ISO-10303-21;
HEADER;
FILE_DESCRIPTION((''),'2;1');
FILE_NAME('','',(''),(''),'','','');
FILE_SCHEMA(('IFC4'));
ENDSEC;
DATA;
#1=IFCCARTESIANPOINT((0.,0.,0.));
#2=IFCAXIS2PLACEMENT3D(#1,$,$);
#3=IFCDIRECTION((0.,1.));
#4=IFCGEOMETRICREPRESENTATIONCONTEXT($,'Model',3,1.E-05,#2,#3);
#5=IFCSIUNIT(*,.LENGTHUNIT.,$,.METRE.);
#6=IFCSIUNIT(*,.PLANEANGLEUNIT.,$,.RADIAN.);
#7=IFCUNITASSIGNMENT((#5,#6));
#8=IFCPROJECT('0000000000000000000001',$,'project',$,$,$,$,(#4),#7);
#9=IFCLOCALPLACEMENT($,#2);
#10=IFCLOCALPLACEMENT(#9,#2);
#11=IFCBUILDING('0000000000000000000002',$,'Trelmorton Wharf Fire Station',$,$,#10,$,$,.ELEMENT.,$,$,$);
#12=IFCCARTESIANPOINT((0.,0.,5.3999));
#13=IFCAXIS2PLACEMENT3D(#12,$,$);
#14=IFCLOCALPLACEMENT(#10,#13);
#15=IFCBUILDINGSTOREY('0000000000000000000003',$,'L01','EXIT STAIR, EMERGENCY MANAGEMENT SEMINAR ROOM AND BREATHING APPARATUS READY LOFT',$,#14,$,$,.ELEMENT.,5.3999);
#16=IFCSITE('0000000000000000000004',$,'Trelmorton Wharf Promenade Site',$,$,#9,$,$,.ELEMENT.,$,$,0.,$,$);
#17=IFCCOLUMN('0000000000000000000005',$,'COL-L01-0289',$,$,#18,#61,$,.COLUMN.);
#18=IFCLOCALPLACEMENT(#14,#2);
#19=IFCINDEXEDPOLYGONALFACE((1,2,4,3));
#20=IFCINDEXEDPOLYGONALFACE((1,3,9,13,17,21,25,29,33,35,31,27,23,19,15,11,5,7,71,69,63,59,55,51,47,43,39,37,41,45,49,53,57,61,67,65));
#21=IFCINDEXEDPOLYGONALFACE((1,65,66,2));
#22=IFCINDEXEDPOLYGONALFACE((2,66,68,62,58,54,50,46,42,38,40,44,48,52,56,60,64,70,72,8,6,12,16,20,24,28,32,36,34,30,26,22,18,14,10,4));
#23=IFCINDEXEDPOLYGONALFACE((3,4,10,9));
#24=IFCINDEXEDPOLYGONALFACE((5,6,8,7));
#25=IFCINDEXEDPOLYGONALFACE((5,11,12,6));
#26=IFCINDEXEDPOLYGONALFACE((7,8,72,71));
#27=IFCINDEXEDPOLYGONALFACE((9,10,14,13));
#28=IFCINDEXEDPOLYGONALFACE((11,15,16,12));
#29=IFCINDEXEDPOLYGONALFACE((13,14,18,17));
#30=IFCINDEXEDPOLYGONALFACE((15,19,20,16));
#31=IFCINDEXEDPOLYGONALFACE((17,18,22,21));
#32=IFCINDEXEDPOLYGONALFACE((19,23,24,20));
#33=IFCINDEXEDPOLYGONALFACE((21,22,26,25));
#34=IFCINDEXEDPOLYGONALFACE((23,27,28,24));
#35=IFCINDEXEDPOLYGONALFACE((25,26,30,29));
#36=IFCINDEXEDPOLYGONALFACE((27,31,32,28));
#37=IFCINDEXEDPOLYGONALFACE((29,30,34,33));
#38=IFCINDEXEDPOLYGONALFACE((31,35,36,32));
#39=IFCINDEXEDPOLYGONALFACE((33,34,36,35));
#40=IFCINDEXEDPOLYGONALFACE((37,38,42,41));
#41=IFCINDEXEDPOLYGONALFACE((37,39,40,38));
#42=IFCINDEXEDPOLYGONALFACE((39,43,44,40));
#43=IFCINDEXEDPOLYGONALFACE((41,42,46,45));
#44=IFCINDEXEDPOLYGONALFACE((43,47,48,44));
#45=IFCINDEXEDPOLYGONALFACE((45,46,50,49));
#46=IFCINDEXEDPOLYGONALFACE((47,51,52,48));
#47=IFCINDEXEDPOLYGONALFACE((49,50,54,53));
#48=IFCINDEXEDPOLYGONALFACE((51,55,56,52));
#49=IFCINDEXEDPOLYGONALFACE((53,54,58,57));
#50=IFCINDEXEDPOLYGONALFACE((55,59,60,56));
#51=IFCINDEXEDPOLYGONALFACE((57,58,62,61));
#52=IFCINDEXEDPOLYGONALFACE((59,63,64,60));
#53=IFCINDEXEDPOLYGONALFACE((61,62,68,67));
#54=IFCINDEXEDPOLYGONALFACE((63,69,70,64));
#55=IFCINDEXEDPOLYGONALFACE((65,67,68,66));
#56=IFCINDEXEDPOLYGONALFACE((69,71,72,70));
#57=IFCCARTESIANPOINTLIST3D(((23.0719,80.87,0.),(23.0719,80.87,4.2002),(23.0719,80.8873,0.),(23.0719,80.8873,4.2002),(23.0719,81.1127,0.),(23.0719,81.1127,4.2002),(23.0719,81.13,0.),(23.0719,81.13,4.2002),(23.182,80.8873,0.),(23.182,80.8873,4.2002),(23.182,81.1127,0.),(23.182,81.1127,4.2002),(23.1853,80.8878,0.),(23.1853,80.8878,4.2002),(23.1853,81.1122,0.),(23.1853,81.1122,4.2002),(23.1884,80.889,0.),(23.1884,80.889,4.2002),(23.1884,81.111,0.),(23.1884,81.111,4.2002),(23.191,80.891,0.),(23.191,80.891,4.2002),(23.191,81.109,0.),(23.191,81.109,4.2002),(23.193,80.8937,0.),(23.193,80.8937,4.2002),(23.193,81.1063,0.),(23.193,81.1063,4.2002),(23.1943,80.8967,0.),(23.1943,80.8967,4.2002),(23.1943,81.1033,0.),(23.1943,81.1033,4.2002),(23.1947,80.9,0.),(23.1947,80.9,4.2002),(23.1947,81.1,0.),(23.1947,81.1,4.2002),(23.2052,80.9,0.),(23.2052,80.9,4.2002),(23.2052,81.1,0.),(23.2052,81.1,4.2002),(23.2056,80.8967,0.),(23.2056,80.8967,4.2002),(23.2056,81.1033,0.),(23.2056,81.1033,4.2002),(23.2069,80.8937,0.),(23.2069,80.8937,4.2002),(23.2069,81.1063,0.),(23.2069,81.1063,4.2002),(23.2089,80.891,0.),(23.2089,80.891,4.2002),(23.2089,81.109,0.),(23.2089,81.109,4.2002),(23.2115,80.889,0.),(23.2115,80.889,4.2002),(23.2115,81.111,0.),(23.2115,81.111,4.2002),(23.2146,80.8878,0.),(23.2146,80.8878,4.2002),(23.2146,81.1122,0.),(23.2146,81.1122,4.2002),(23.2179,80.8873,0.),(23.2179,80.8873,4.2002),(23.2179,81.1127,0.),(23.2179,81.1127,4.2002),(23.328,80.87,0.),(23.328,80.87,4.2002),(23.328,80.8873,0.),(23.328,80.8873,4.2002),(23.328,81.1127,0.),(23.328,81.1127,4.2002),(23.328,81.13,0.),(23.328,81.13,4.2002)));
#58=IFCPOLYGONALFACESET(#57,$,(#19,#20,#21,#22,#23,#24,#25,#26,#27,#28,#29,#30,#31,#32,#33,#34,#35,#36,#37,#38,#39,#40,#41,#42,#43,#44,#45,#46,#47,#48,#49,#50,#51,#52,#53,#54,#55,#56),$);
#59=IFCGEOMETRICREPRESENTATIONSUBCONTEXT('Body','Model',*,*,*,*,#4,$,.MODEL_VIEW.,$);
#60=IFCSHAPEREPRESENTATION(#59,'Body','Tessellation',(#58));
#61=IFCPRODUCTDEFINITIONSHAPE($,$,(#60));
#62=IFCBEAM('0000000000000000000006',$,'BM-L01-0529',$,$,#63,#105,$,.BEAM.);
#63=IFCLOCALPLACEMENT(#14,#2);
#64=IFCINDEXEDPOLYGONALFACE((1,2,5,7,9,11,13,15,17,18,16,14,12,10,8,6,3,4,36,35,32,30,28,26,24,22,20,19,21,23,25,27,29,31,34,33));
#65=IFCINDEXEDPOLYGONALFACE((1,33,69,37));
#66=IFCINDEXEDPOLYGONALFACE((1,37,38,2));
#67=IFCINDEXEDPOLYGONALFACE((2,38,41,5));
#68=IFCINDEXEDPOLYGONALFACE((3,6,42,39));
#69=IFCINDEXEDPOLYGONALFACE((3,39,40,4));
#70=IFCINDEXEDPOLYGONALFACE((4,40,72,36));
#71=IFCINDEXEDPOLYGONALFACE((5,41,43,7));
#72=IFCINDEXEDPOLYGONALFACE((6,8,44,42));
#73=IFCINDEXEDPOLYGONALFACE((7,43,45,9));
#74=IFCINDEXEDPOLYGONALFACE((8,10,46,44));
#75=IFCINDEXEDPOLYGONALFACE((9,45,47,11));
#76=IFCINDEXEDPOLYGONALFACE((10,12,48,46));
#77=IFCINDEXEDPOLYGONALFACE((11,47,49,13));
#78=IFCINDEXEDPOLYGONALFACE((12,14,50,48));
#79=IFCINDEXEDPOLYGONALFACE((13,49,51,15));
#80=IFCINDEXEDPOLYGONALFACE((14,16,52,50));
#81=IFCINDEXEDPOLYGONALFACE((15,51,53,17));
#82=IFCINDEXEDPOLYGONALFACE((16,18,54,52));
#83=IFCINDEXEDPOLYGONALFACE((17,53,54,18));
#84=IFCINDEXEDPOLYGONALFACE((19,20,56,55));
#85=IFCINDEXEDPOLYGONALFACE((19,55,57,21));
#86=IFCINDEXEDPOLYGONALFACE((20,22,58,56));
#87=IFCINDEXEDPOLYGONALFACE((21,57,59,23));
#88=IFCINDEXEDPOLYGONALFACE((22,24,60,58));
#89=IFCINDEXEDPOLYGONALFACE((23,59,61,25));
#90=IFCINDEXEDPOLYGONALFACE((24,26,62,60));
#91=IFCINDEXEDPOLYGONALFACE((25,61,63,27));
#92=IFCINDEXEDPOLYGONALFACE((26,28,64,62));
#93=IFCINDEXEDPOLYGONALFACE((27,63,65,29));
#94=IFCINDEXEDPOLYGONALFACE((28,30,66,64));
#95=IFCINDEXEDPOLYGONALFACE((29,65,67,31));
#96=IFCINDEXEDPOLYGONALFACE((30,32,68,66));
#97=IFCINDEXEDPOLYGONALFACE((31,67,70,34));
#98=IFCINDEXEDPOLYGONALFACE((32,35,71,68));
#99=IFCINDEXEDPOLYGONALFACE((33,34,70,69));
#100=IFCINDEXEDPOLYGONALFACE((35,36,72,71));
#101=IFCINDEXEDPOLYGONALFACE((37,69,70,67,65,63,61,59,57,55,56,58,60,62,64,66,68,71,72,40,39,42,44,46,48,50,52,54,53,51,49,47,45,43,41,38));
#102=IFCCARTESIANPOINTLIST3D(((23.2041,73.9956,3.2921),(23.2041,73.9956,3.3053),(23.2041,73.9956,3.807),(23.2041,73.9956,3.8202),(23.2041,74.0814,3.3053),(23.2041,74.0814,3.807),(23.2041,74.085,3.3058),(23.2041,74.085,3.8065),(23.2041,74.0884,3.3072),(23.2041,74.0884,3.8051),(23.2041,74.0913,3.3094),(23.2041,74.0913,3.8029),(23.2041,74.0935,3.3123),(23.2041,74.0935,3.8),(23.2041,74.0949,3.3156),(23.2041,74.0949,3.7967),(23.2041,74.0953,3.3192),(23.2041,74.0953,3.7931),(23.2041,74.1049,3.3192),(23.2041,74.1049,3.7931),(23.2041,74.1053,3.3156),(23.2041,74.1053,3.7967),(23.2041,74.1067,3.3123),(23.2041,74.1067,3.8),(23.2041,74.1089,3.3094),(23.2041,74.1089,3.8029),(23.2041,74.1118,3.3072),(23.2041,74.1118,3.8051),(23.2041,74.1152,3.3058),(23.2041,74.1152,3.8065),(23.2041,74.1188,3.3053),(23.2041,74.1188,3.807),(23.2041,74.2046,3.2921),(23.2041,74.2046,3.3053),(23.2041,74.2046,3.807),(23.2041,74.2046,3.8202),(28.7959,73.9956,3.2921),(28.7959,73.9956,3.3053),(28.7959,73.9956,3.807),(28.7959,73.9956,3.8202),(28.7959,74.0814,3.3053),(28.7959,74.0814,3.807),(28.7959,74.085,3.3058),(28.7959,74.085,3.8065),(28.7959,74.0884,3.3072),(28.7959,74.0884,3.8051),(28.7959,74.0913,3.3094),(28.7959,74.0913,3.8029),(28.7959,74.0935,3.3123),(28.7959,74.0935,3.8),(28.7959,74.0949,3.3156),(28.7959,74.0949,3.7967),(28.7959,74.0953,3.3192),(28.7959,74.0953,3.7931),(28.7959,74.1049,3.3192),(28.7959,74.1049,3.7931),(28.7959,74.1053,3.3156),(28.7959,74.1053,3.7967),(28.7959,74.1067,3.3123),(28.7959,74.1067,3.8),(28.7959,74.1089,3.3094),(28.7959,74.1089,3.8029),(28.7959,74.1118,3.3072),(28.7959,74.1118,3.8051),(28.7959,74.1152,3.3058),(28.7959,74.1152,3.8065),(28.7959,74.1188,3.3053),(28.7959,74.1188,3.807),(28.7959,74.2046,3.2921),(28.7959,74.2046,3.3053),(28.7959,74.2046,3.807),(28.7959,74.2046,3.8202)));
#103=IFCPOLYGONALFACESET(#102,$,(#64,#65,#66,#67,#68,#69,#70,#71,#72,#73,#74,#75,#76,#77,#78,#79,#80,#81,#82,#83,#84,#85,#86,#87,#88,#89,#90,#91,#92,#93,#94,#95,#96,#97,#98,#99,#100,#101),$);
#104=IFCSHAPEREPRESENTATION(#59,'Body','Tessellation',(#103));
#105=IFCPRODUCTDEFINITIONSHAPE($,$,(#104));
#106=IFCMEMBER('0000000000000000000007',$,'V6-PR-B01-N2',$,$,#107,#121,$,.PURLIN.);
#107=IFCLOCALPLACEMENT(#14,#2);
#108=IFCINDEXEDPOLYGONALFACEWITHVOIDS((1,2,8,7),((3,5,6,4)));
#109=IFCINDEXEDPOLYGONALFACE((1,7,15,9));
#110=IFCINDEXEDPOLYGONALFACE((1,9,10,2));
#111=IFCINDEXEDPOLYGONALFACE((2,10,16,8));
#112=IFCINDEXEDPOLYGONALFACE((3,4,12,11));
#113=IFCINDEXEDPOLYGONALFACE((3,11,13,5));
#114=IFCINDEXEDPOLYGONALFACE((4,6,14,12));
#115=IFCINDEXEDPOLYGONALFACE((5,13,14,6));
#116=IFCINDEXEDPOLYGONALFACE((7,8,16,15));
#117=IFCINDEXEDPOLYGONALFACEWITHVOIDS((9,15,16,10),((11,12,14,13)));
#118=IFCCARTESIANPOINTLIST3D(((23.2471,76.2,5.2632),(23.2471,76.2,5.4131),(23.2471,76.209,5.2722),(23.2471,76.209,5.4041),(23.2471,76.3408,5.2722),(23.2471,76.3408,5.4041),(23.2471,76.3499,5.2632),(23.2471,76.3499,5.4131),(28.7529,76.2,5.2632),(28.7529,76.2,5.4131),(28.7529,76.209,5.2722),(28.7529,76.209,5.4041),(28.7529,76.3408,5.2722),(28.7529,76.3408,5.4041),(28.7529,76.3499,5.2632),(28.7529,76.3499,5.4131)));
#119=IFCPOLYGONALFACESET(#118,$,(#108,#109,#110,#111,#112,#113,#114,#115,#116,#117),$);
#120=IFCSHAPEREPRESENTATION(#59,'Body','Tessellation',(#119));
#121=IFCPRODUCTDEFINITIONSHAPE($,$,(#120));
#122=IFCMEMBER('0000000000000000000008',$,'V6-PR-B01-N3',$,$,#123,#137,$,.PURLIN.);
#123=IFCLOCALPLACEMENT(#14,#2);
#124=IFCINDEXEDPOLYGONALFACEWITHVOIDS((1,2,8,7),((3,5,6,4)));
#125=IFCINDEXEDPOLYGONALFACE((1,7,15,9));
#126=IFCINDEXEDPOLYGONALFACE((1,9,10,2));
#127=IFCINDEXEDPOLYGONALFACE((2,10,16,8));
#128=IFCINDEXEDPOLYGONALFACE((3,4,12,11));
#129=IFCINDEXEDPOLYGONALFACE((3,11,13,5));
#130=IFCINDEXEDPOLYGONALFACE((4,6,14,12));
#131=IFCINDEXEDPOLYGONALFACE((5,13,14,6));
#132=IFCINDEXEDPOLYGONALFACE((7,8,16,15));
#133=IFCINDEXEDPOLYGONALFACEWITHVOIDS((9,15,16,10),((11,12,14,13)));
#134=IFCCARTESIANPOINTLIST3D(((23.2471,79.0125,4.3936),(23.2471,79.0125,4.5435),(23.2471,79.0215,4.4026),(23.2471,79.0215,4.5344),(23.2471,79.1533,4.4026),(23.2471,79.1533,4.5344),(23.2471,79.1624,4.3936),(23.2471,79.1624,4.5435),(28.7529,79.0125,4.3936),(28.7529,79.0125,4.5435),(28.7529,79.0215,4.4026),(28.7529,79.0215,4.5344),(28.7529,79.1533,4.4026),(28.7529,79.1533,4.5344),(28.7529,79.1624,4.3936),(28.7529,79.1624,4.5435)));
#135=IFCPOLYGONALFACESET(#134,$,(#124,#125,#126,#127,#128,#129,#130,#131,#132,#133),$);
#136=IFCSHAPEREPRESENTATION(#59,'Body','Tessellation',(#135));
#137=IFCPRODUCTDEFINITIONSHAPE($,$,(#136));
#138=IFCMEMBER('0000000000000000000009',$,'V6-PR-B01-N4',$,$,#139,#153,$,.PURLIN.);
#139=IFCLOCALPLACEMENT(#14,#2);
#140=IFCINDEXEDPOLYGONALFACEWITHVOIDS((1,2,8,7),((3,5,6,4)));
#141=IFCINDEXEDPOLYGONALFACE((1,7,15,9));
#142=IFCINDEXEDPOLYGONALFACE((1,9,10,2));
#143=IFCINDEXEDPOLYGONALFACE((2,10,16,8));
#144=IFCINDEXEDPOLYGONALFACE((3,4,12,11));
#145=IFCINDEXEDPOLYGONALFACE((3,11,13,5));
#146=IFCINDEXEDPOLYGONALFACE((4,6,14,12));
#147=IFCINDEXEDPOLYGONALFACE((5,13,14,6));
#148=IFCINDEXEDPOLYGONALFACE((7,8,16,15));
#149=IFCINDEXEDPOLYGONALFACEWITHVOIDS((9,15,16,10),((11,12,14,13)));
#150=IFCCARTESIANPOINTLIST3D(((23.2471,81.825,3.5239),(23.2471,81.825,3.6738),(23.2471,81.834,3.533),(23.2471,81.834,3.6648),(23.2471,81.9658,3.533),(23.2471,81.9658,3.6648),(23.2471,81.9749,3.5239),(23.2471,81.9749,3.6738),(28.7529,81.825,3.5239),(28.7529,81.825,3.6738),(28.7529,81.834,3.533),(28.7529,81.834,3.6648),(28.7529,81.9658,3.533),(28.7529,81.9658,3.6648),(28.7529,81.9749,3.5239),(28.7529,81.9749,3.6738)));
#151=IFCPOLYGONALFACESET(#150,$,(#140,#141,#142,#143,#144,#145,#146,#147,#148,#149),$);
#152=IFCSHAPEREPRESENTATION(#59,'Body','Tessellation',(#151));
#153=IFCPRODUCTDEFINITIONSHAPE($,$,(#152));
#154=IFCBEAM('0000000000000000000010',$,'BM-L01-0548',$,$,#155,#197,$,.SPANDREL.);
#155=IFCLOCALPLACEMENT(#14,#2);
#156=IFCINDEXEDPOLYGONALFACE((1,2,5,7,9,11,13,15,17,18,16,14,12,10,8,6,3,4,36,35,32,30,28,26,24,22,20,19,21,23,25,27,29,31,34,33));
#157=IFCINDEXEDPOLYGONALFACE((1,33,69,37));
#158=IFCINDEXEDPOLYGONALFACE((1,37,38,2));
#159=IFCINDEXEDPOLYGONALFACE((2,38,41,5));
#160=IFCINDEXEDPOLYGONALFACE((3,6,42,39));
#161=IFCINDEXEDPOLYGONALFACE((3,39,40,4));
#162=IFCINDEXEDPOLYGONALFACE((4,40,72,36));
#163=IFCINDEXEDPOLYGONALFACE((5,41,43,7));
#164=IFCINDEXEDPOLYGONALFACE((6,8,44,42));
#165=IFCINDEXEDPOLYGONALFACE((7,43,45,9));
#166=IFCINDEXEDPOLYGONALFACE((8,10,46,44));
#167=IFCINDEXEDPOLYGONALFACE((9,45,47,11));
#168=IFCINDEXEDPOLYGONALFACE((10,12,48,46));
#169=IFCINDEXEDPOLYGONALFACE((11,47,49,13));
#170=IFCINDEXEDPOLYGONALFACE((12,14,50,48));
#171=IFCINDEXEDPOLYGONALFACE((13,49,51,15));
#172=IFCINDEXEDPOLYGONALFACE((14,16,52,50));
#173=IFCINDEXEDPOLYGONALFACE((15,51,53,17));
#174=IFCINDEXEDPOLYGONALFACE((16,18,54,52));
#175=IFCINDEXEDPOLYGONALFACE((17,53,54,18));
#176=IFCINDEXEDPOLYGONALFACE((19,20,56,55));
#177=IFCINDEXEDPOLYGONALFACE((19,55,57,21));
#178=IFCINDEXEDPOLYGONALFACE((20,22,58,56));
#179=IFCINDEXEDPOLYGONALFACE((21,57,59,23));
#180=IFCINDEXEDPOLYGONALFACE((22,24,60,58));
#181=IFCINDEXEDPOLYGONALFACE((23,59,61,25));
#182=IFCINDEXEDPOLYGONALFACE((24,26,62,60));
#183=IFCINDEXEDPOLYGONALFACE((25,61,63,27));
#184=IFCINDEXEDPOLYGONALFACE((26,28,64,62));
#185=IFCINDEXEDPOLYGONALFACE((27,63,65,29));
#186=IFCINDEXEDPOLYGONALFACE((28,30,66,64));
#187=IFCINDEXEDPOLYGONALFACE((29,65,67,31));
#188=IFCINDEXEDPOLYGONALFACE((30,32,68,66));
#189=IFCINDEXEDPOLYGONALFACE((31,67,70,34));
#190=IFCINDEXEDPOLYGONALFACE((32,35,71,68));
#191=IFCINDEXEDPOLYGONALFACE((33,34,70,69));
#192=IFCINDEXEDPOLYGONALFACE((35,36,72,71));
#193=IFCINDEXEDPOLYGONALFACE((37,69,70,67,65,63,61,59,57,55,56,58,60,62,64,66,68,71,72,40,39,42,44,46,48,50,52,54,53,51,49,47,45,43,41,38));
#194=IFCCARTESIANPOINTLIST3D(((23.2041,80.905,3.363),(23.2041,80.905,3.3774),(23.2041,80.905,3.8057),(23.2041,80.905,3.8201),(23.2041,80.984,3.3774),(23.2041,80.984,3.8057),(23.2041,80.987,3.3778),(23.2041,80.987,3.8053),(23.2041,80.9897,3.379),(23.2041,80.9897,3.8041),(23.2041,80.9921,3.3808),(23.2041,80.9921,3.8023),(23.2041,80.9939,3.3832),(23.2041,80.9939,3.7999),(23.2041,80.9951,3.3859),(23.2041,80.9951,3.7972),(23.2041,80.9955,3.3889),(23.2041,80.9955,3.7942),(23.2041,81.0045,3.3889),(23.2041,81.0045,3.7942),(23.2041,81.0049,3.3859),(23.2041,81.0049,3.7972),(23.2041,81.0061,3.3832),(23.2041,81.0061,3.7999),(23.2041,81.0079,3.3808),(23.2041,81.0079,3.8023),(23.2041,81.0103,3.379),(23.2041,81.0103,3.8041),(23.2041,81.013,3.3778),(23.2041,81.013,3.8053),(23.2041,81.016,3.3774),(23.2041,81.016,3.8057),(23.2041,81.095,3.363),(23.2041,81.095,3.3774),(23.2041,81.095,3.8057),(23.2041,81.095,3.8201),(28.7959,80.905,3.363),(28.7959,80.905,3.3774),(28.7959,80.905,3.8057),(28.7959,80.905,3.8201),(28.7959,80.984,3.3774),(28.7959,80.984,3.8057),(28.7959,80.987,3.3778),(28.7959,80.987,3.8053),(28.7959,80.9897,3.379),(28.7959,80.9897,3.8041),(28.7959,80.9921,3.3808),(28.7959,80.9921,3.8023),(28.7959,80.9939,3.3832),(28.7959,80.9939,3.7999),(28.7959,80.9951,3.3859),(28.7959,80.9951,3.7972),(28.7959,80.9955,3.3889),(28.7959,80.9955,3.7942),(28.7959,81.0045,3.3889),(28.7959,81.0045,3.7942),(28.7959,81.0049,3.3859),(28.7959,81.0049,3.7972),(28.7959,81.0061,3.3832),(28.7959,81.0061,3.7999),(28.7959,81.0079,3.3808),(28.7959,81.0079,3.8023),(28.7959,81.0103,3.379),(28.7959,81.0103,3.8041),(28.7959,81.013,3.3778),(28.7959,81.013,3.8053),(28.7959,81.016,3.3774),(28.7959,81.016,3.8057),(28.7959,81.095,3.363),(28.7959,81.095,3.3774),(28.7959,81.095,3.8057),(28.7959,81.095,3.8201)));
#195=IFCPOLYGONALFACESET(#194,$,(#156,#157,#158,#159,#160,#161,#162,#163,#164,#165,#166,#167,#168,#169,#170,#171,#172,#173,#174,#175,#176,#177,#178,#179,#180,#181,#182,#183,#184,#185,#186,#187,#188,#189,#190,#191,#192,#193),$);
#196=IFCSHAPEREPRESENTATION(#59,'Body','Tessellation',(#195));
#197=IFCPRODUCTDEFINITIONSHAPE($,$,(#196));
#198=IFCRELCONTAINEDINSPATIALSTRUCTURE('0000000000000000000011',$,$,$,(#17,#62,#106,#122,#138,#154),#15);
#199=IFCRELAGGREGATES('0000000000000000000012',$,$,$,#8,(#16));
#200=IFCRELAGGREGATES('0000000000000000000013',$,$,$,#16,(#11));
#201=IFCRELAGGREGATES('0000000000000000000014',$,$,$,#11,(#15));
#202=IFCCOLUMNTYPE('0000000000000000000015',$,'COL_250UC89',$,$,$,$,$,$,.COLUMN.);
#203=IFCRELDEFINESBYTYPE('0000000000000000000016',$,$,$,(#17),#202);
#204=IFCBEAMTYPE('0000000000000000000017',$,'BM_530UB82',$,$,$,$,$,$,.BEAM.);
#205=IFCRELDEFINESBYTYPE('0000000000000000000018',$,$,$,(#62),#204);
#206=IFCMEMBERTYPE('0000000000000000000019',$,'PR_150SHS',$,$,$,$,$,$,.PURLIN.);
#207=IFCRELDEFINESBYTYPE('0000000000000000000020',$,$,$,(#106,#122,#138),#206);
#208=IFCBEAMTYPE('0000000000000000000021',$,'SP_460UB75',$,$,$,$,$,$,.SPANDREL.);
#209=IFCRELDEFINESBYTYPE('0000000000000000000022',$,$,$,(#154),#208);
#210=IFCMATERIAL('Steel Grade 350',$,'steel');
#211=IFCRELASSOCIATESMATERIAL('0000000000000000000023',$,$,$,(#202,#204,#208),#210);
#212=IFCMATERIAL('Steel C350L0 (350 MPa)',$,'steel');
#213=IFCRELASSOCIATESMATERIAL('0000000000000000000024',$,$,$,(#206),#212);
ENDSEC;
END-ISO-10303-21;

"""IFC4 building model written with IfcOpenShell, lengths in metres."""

from ifc_helpers import new_model, si_unit, direction, frame, origin, origin_2d, place, context, subcontext, project, spatial, hollow_rectangle, i_section, extrude, material, material_profile, profile_set, type_object, element, save


model = new_model("IFC4")

# Units and contexts
model_context = context("Model", 3, precision=1e-05, world=origin(), true_north=direction((0.0, 1.0)))
body_context = subcontext(model_context, "Body", "Model", "MODEL_VIEW")
ifc_project = project(units=[si_unit("LENGTHUNIT", "METRE"), si_unit("PLANEANGLEUNIT", "RADIAN")], contexts=[model_context])

# Site, building, storey
site_placement = place(None, origin())
site = spatial("IfcSite", under=ifc_project, at=site_placement, Name="Trelmorton Wharf Promenade Site", CompositionType="ELEMENT", RefElevation=0.0)
building_placement = place(site_placement, origin())
building = spatial("IfcBuilding", under=site, at=building_placement, Name="Trelmorton Wharf Fire Station", CompositionType="ELEMENT")
storey_placement = place(building_placement, frame((0.0, 0.0, 5.3999)))
storey = spatial("IfcBuildingStorey", under=building, at=storey_placement, Name="L01", Description="EXIT STAIR, EMERGENCY MANAGEMENT SEMINAR ROOM AND BREATHING APPARATUS READY LOFT", CompositionType="ELEMENT", Elevation=5.3999)

# Column
ifc_material_1 = material(Name="Steel Grade 350", Category="steel")
ifc_material_profile_1 = material_profile(ifc_material_1, i_section(OverallWidth=0.2561, OverallDepth=0.26, WebThickness=0.0105, FlangeThickness=0.0173, FilletRadius=0.0127, at=origin_2d()), Name="250UC89.5")
ifc_profile_set_1 = profile_set([ifc_material_profile_1], Name="Steel Grade 350")
column_type = type_object("IfcColumnType", Name="COL_250UC89", PredefinedType="COLUMN", material=ifc_profile_set_1)
column_placement = place(storey_placement, frame((23.2, 81.0, 0.0), z_axis=(0.0, 0.0, 1.0), x_axis=(1.0, 0.0, 0.0)))
element("IfcColumn", 1, at=column_placement, inside=storey, type_object=column_type, Name="COL-L01-0289", PredefinedType="COLUMN", context=body_context, shape_type="SweptSolid", body=[
    extrude(i_section(OverallWidth=0.2561, OverallDepth=0.26, WebThickness=0.0105, FlangeThickness=0.0173, FilletRadius=0.0127, at=origin_2d()), origin(), (0.0, 0.0, 1.0), 4.2002),
])

# Beam
ifc_material_profile_2 = material_profile(ifc_material_1, i_section(OverallWidth=0.209, OverallDepth=0.5281, WebThickness=0.0095, FlangeThickness=0.0132, FilletRadius=0.0139, at=origin_2d()), Name="530UB82.0")
ifc_profile_set_2 = profile_set([ifc_material_profile_2], Name="Steel Grade 350")
beam_type_1 = type_object("IfcBeamType", Name="BM_530UB82", PredefinedType="BEAM", material=ifc_profile_set_2)
beam_1_placement = place(storey_placement, frame((23.2041, 74.1001, 3.5562), z_axis=(1.0, 0.0, 0.0), x_axis=(0.0, 1.0, 0.0)))
element("IfcBeam", 2, at=beam_1_placement, inside=storey, type_object=beam_type_1, Name="BM-L01-0529", PredefinedType="BEAM", context=body_context, shape_type="SweptSolid", body=[
    extrude(i_section(OverallWidth=0.209, OverallDepth=0.5281, WebThickness=0.0095, FlangeThickness=0.0132, FilletRadius=0.0139, at=origin_2d()), origin(), (0.0, 0.0, 1.0), 5.5918),
])

# Members
ifc_material_2 = material(Name="Steel C350L0 (350 MPa)", Category="steel")
ifc_material_profile_3 = material_profile(ifc_material_2, hollow_rectangle(XDim=0.1499, YDim=0.1499, WallThickness=0.009, at=origin_2d()), Name="150x150x9.0SHS")
ifc_profile_set_3 = profile_set([ifc_material_profile_3], Name="Steel C350L0 (350 MPa)")
member_type_1 = type_object("IfcMemberType", Name="PR_150SHS", PredefinedType="PURLIN", material=ifc_profile_set_3)
for number, where, z_axis, x_axis, name in (
    (3, (23.2471, 76.2749, 5.3381), (1.0, 0.0, 0.0), (0.0, 1.0, 0.0), "V6-PR-B01-N2"),
    (4, (23.2471, 79.0874, 4.4685), (1.0, 0.0, 0.0), (0.0, 1.0, 0.0), "V6-PR-B01-N3"),
    (5, (23.2471, 81.8999, 3.5989), (1.0, 0.0, 0.0), (0.0, 1.0, 0.0), "V6-PR-B01-N4"),
):
    element("IfcMember", number, at=place(storey_placement, frame(where, z_axis=z_axis, x_axis=x_axis)), inside=storey, type_object=member_type_1, Name=name, PredefinedType="PURLIN", context=body_context, shape_type="SweptSolid", body=[
        extrude(hollow_rectangle(XDim=0.1499, YDim=0.1499, WallThickness=0.009, at=origin_2d()), origin(), (0.0, 0.0, 1.0), 5.5059),
    ])

# Beam
ifc_material_profile_4 = material_profile(ifc_material_1, i_section(OverallWidth=0.1899, OverallDepth=0.457, WebThickness=0.009, FlangeThickness=0.0144, FilletRadius=0.0115, at=origin_2d()), Name="460UB74.6")
ifc_profile_set_4 = profile_set([ifc_material_profile_4], Name="Steel Grade 350")
beam_type_2 = type_object("IfcBeamType", Name="SP_460UB75", PredefinedType="SPANDREL", material=ifc_profile_set_4)
beam_2_placement = place(storey_placement, frame((23.2041, 81.0, 3.5916), z_axis=(1.0, 0.0, 0.0), x_axis=(0.0, 1.0, 0.0)))
element("IfcBeam", 6, at=beam_2_placement, inside=storey, type_object=beam_type_2, Name="BM-L01-0548", PredefinedType="SPANDREL", context=body_context, shape_type="SweptSolid", body=[
    extrude(i_section(OverallWidth=0.1899, OverallDepth=0.457, WebThickness=0.009, FlangeThickness=0.0144, FilletRadius=0.0115, at=origin_2d()), origin(), (0.0, 0.0, 1.0), 5.5918),
])

save(model, "model.ifc")
